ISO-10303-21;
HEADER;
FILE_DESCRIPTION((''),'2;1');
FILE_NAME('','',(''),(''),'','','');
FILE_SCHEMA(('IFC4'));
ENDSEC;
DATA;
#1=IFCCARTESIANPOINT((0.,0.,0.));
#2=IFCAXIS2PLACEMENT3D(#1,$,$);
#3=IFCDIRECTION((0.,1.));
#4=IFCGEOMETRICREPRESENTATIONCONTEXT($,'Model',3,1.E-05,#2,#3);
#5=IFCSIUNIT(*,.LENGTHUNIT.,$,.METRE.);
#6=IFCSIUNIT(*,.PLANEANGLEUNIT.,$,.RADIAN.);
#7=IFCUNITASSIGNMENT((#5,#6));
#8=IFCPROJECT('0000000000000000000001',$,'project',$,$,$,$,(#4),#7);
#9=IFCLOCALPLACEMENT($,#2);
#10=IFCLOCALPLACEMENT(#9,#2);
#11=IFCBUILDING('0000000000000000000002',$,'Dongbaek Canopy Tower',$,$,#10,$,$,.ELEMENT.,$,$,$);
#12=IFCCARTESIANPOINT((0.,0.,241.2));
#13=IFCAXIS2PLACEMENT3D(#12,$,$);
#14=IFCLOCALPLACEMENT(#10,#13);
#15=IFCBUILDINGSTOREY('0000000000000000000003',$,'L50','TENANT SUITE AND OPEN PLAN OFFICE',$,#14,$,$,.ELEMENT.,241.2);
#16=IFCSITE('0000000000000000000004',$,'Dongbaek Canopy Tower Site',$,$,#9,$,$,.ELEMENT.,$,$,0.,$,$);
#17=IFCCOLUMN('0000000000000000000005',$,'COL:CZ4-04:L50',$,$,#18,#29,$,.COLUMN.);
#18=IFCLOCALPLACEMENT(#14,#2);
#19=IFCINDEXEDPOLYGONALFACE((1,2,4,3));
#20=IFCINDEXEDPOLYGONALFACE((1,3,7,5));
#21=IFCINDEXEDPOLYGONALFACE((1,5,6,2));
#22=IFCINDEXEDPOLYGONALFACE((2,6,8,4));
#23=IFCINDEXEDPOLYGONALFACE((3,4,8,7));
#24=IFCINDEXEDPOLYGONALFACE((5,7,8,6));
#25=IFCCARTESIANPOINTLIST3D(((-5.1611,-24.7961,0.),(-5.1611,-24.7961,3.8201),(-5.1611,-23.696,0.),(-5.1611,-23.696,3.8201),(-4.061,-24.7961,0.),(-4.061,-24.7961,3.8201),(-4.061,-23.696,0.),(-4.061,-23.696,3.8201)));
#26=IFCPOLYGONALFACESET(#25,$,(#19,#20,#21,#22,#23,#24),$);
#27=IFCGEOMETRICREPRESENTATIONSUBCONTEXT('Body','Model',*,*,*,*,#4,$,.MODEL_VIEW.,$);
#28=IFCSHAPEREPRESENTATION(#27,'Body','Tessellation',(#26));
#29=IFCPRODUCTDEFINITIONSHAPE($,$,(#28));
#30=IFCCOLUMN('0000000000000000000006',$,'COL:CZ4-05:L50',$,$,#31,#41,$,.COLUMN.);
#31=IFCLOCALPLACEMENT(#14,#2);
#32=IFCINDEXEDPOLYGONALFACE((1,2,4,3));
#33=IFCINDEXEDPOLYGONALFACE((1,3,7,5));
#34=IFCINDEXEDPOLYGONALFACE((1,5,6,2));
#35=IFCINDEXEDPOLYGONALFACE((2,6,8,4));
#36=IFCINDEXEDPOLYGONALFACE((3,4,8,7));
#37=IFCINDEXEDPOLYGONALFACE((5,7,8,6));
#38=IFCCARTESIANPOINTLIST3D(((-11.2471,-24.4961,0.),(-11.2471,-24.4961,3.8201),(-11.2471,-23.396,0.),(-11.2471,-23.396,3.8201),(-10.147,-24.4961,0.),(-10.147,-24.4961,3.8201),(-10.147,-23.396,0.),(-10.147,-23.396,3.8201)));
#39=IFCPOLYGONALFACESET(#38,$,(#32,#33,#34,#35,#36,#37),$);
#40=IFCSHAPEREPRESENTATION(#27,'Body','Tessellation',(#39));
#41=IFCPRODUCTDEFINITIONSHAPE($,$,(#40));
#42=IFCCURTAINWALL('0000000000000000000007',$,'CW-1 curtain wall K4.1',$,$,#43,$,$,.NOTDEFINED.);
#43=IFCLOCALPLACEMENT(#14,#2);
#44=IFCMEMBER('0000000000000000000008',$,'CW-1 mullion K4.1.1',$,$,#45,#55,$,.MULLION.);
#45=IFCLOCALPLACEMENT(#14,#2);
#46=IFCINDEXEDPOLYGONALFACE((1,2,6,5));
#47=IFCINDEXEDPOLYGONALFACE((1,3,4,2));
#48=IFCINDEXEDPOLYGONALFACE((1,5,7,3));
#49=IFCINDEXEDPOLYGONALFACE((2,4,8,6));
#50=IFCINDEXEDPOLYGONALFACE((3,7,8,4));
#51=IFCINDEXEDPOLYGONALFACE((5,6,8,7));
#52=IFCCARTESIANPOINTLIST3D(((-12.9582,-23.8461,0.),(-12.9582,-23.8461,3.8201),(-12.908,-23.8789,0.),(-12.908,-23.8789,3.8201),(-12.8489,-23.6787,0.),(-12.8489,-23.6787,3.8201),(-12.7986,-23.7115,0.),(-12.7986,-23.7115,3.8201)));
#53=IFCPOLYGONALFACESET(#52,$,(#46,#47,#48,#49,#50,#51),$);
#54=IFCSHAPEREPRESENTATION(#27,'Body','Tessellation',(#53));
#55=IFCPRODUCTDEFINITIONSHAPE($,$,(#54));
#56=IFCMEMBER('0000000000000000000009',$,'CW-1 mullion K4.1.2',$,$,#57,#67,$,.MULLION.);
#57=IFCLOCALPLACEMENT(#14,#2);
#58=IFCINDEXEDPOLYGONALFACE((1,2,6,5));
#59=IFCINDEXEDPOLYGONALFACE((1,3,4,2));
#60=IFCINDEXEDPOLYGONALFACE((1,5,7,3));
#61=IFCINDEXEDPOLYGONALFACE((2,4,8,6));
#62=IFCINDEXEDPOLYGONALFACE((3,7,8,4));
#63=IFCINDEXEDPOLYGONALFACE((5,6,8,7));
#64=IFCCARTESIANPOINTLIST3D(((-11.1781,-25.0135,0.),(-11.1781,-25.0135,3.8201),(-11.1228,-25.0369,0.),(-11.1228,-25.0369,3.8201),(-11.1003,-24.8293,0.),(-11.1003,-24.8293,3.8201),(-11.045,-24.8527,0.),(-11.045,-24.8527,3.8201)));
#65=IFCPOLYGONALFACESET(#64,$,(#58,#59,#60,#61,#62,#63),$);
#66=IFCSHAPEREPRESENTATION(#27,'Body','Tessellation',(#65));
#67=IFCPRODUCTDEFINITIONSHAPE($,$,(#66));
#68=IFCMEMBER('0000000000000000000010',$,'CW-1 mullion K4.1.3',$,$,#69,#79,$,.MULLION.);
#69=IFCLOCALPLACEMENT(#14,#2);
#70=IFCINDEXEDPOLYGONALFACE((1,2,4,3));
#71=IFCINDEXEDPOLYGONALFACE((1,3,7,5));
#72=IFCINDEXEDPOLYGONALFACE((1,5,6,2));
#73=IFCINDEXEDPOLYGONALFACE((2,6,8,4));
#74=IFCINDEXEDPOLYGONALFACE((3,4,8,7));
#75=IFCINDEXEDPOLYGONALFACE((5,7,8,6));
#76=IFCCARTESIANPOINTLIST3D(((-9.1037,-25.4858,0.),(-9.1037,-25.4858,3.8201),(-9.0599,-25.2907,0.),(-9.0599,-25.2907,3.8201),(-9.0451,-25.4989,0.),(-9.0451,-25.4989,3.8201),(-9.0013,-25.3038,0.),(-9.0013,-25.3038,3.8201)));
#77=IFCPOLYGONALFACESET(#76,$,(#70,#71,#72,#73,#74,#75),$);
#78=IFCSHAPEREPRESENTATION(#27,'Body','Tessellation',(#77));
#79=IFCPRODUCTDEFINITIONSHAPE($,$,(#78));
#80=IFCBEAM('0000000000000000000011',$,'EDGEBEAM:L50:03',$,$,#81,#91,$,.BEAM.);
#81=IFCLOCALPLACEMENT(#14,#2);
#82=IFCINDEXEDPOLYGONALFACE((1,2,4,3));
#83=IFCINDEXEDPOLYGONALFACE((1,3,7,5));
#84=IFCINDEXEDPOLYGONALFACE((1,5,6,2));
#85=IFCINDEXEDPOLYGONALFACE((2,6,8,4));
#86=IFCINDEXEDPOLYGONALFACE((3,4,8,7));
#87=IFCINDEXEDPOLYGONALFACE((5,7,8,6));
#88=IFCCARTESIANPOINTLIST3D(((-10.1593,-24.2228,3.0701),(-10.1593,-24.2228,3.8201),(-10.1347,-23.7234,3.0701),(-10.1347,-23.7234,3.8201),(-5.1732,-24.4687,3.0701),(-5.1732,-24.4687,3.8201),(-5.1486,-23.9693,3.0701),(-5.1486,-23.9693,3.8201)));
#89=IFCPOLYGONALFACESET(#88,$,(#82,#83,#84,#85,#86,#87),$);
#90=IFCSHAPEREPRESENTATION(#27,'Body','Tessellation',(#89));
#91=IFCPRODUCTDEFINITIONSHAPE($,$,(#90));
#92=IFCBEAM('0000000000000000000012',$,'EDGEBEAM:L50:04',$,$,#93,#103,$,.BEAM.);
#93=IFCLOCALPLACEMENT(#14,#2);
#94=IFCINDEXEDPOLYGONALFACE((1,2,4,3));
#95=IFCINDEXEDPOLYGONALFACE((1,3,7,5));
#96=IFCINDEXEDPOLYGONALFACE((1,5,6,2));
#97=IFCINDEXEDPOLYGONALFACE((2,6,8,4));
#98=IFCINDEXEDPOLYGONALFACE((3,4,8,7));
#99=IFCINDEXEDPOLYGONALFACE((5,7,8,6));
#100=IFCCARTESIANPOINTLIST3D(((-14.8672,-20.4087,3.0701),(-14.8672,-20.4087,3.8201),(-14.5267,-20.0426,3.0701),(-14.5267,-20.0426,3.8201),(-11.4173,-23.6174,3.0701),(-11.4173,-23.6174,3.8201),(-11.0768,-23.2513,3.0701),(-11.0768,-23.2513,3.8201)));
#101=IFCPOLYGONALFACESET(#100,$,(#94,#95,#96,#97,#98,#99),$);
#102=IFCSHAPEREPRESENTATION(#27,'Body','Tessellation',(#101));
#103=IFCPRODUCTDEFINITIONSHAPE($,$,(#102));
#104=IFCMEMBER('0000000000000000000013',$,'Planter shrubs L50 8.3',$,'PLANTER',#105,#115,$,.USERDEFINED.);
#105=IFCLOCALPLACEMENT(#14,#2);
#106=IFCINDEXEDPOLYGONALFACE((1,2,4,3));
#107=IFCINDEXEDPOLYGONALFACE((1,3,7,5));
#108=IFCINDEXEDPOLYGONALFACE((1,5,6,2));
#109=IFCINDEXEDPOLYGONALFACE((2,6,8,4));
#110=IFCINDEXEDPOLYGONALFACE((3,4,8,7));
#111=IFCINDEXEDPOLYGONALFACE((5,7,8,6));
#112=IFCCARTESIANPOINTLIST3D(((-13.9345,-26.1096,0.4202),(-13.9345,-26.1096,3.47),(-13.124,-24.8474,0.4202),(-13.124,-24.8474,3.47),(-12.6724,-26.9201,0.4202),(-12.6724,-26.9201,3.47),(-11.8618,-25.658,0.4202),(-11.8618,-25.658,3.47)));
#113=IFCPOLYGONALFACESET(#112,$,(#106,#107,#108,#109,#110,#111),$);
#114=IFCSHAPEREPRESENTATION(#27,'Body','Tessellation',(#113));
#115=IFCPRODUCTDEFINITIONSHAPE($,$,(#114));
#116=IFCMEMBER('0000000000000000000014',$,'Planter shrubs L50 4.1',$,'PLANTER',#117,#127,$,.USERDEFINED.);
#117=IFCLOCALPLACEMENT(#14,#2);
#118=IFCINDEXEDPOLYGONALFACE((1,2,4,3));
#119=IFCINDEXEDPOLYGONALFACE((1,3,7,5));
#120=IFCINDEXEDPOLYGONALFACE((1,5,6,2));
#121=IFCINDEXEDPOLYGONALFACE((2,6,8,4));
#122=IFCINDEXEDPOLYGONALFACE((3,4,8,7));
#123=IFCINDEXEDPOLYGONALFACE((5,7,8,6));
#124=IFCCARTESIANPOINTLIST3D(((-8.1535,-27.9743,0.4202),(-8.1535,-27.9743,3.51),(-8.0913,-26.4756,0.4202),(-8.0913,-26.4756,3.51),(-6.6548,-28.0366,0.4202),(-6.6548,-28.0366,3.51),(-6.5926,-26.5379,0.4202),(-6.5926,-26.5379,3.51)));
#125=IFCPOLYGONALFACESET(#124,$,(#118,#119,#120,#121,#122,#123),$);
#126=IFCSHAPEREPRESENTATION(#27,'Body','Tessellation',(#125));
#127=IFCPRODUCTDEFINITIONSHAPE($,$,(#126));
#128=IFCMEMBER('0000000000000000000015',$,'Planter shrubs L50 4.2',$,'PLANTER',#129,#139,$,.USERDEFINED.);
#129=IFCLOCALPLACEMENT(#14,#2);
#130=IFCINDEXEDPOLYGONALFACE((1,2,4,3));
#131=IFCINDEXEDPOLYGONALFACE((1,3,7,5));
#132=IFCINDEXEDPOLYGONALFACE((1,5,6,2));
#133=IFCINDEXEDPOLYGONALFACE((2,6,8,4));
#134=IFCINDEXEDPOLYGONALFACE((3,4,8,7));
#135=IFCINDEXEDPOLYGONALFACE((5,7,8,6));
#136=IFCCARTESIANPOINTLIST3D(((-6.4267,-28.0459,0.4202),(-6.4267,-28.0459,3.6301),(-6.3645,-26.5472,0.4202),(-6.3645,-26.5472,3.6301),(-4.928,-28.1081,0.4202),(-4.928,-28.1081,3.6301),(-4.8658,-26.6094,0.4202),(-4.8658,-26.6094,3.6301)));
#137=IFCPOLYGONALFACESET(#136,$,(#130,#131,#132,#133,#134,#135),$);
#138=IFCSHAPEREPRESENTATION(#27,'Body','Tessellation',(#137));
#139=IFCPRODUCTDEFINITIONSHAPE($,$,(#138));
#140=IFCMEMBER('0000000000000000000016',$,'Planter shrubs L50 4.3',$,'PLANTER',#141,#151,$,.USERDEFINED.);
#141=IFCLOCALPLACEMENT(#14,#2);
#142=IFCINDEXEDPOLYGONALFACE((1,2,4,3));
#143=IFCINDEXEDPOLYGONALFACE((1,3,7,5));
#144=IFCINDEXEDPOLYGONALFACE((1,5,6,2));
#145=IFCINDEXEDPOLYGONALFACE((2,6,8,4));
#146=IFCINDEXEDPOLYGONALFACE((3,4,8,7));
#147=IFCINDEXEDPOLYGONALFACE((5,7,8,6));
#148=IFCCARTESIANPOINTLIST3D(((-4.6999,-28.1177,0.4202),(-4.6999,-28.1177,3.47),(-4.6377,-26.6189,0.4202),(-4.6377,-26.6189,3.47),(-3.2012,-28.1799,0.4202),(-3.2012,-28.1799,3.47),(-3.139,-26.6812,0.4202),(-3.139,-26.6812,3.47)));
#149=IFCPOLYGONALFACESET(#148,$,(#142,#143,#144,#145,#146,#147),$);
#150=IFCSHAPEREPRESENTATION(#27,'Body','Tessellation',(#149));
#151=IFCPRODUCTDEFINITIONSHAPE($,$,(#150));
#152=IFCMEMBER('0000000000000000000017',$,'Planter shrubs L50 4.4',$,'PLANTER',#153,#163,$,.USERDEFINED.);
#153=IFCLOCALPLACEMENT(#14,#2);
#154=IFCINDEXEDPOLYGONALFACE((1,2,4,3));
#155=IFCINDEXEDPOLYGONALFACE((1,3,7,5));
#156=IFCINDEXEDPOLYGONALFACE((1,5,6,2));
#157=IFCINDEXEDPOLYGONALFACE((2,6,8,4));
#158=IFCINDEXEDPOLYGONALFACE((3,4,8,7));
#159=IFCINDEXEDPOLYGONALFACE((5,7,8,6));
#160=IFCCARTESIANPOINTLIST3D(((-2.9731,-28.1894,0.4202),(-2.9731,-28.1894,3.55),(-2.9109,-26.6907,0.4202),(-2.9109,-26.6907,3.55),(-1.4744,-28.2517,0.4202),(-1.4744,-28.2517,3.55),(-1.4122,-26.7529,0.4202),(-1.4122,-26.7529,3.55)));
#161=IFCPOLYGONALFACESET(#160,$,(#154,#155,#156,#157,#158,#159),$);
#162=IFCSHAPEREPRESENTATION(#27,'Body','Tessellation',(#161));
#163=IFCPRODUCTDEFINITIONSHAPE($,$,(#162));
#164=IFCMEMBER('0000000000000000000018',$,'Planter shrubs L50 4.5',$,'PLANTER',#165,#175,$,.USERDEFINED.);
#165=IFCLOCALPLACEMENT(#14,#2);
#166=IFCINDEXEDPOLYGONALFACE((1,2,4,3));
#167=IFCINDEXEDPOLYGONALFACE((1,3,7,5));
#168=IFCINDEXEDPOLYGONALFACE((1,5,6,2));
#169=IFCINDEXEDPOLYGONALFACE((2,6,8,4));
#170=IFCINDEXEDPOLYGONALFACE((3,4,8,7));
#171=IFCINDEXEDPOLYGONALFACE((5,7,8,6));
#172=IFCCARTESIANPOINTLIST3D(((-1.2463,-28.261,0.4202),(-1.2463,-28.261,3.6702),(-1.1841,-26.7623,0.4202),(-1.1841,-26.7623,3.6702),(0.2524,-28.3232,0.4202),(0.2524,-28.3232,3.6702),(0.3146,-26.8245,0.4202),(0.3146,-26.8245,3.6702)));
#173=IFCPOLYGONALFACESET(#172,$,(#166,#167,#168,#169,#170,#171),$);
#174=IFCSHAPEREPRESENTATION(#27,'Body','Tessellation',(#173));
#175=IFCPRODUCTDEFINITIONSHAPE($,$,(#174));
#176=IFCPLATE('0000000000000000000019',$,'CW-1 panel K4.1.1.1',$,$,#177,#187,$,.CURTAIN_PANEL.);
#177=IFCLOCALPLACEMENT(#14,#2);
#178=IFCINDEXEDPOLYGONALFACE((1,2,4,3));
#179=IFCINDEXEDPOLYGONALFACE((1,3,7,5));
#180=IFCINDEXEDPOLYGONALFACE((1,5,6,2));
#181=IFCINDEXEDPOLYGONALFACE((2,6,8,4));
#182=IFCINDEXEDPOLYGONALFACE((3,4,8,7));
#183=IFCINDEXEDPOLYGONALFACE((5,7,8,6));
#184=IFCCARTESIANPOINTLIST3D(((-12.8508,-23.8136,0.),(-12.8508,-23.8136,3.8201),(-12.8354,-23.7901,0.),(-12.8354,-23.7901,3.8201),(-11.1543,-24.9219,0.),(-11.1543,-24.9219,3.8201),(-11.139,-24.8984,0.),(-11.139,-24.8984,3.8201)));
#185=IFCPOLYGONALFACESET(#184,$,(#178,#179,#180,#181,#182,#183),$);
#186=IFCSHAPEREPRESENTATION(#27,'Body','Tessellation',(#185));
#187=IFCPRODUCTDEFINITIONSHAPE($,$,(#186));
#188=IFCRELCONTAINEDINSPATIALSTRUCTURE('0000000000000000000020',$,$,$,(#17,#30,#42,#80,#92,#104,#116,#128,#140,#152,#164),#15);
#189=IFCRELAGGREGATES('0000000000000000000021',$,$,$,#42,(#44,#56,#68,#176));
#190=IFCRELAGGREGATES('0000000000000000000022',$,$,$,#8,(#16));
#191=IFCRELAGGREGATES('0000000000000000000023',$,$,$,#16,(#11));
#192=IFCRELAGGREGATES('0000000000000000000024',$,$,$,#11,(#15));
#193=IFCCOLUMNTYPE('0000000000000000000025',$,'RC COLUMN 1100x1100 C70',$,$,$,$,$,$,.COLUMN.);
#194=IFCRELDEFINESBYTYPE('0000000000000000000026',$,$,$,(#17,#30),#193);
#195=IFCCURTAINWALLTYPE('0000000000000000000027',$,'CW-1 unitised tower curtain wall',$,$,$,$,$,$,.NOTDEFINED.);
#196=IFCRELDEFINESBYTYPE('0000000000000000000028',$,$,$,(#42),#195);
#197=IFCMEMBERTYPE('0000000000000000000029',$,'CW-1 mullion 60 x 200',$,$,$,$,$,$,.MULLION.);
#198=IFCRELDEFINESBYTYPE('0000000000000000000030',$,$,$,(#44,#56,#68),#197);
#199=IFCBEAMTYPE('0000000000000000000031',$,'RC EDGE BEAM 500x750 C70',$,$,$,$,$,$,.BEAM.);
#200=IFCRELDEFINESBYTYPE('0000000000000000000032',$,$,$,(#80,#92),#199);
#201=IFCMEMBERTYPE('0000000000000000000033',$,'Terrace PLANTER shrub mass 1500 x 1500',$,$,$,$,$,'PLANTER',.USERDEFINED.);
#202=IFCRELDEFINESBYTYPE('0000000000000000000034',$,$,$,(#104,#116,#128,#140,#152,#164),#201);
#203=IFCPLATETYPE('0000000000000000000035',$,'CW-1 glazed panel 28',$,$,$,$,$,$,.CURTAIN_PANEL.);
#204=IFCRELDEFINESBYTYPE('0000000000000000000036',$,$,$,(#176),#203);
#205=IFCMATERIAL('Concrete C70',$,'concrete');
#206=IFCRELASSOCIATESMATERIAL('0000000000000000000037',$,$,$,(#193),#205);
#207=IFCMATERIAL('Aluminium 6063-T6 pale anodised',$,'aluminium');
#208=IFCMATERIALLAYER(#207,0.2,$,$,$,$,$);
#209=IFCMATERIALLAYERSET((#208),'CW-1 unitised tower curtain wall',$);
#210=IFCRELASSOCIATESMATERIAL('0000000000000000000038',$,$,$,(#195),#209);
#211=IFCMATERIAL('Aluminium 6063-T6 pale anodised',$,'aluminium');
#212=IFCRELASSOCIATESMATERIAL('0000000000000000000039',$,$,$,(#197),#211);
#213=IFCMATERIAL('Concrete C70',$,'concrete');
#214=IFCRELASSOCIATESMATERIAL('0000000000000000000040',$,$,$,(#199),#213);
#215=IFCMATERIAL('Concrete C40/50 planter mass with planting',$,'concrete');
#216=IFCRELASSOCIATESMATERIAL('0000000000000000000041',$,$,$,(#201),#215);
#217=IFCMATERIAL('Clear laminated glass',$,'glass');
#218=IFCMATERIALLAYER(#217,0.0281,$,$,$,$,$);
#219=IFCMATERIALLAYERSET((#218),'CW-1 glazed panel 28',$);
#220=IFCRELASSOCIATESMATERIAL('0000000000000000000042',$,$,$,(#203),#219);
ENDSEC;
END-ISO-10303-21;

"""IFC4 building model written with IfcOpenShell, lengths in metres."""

from ifc_helpers import new_model, si_unit, direction, frame, origin, origin_2d, place, context, subcontext, project, spatial, rectangle, extrude, material, layer, layer_set, material_profile, profile_set, type_object, element, aggregate, save


model = new_model("IFC4")

# Units and contexts
model_context = context("Model", 3, precision=1e-05, world=origin(), true_north=direction((0.0, 1.0)))
body_context = subcontext(model_context, "Body", "Model", "MODEL_VIEW")
ifc_project = project(units=[si_unit("LENGTHUNIT", "METRE"), si_unit("PLANEANGLEUNIT", "RADIAN")], contexts=[model_context])

# Site, building, storey
site_placement = place(None, origin())
site = spatial("IfcSite", under=ifc_project, at=site_placement, Name="Dongbaek Canopy Tower Site", CompositionType="ELEMENT", RefElevation=0.0)
building_placement = place(site_placement, origin())
building = spatial("IfcBuilding", under=site, at=building_placement, Name="Dongbaek Canopy Tower", CompositionType="ELEMENT")
storey_placement = place(building_placement, frame((0.0, 0.0, 241.2)))
storey = spatial("IfcBuildingStorey", under=building, at=storey_placement, Name="L50", Description="TENANT SUITE AND OPEN PLAN OFFICE", CompositionType="ELEMENT", Elevation=241.2)

# Columns
ifc_material_1 = material(Name="Concrete C70", Category="concrete")
ifc_material_profile_1 = material_profile(ifc_material_1, rectangle(XDim=1.1001, YDim=1.1001, at=origin_2d()), Name="RC COLUMN 1100x1100 C70")
ifc_profile_set_1 = profile_set([ifc_material_profile_1], Name="Concrete C70")
column_type = type_object("IfcColumnType", Name="RC COLUMN 1100x1100 C70", PredefinedType="COLUMN", material=ifc_profile_set_1)
for number, where, z_axis, x_axis, name in (
    (1, (-4.6111, -24.2461, 0.0), (0.0, 0.0, 1.0), (1.0, 0.0, 0.0), "COL:CZ4-04:L50"),
    (2, (-10.697, -23.946, 0.0), (0.0, 0.0, 1.0), (1.0, 0.0, 0.0), "COL:CZ4-05:L50"),
):
    element("IfcColumn", number, at=place(storey_placement, frame(where, z_axis=z_axis, x_axis=x_axis)), inside=storey, type_object=column_type, Name=name, PredefinedType="COLUMN", context=body_context, shape_type="SweptSolid", body=[
        extrude(rectangle(XDim=1.1001, YDim=1.1001, at=origin_2d()), origin(), (0.0, 0.0, 1.0), 3.8201),
    ])

# Curtain wall, members
ifc_material_2 = material(Name="Aluminium 6063-T6 pale anodised", Category="aluminium")
ifc_layer_1 = layer(ifc_material_2, 0.2)
ifc_layer_set_1 = layer_set([ifc_layer_1], Name="CW-1 unitised tower curtain wall")
curtain_wall_type = type_object("IfcCurtainWallType", Name="CW-1 unitised tower curtain wall", PredefinedType="NOTDEFINED", material=ifc_layer_set_1)
curtain_wall_placement = place(storey_placement, origin())
curtain_wall = element("IfcCurtainWall", 3, at=curtain_wall_placement, inside=storey, type_object=curtain_wall_type, Name="CW-1 curtain wall K4.1", PredefinedType="NOTDEFINED")
ifc_material_3 = material(Name="Aluminium 6063-T6 pale anodised", Category="aluminium")
ifc_material_profile_2 = material_profile(ifc_material_3, rectangle(XDim=0.2, YDim=0.0601, at=origin_2d()), Name="CW-1 mullion 60 x 200")
ifc_profile_set_2 = profile_set([ifc_material_profile_2], Name="Aluminium 6063-T6 pale anodised")
member_type_1 = type_object("IfcMemberType", Name="CW-1 mullion 60 x 200", PredefinedType="MULLION", material=ifc_profile_set_2)
member_1_placement = place(storey_placement, frame((-12.8784, -23.7788, 0.0), z_axis=(0.0, 0.0, 1.0), x_axis=(-0.546938, -0.837173, 0.0)))
member_1 = element("IfcMember", 4, at=member_1_placement, type_object=member_type_1, Name="CW-1 mullion K4.1.1", PredefinedType="MULLION", context=body_context, shape_type="SweptSolid", body=[
    extrude(rectangle(XDim=0.2, YDim=0.0601, at=origin_2d()), origin(), (0.0, 0.0, 1.0), 3.8201),
])
member_2_placement = place(storey_placement, frame((-11.1116, -24.9331, 0.0), z_axis=(0.0, 0.0, 1.0), x_axis=(-0.38908, -0.921204, 0.0)))
member_2 = element("IfcMember", 5, at=member_2_placement, type_object=member_type_1, Name="CW-1 mullion K4.1.2", PredefinedType="MULLION", context=body_context, shape_type="SweptSolid", body=[
    extrude(rectangle(XDim=0.2, YDim=0.0601, at=origin_2d()), origin(), (0.0, 0.0, 1.0), 3.8201),
])
member_3_placement = place(storey_placement, frame((-9.0525, -25.3948, 0.0), z_axis=(0.0, 0.0, 1.0), x_axis=(-0.218779, -0.975774, 0.0)))
member_3 = element("IfcMember", 6, at=member_3_placement, type_object=member_type_1, Name="CW-1 mullion K4.1.3", PredefinedType="MULLION", context=body_context, shape_type="SweptSolid", body=[
    extrude(rectangle(XDim=0.2, YDim=0.0601, at=origin_2d()), origin(), (0.0, 0.0, 1.0), 3.8201),
])

# Beams
ifc_material_4 = material(Name="Concrete C70", Category="concrete")
ifc_material_profile_3 = material_profile(ifc_material_4, rectangle(XDim=0.5, YDim=0.75, at=origin_2d()), Name="RC EDGE BEAM 500x750 C70")
ifc_profile_set_3 = profile_set([ifc_material_profile_3], Name="Concrete C70")
beam_type = type_object("IfcBeamType", Name="RC EDGE BEAM 500x750 C70", PredefinedType="BEAM", material=ifc_profile_set_3)
beam_1_placement = place(storey_placement, frame((-5.1609, -24.219, 3.4451), z_axis=(-0.998787, 0.049247, 0.0), x_axis=(-0.049247, -0.998787, 0.0)))
element("IfcBeam", 7, at=beam_1_placement, inside=storey, type_object=beam_type, Name="EDGEBEAM:L50:03", PredefinedType="BEAM", context=body_context, shape_type="SweptSolid", body=[
    extrude(rectangle(XDim=0.5, YDim=0.75, at=origin_2d()), origin(), (0.0, 0.0, 1.0), 4.9922),
])
beam_2_placement = place(storey_placement, frame((-11.2471, -23.4343, 3.4451), z_axis=(-0.732241, 0.681045, 0.0), x_axis=(-0.681045, -0.732241, 0.0)))
element("IfcBeam", 8, at=beam_2_placement, inside=storey, type_object=beam_type, Name="EDGEBEAM:L50:04", PredefinedType="BEAM", context=body_context, shape_type="SweptSolid", body=[
    extrude(rectangle(XDim=0.5, YDim=0.75, at=origin_2d()), origin(), (0.0, 0.0, 1.0), 4.7114),
])

# Members
ifc_material_5 = material(Name="Concrete C40/50 planter mass with planting", Category="concrete")
ifc_material_profile_4 = material_profile(ifc_material_5, rectangle(XDim=1.5, YDim=1.5, at=origin_2d()), Name="Terrace PLANTER shrub mass 1500 x 1500")
ifc_profile_set_4 = profile_set([ifc_material_profile_4], Name="Concrete C40/50 planter mass with planting")
member_type_2 = type_object("IfcMemberType", Name="Terrace PLANTER shrub mass 1500 x 1500", ElementType="PLANTER", PredefinedType="USERDEFINED", material=ifc_profile_set_4)
member_4_placement = place(storey_placement, frame((-12.8982, -25.8838, 0.4202), z_axis=(0.0, 0.0, 1.0), x_axis=(-0.540374, -0.841425, 0.0)))
element("IfcMember", 9, at=member_4_placement, inside=storey, type_object=member_type_2, Name="Planter shrubs L50 8.3", ObjectType="PLANTER", PredefinedType="USERDEFINED", context=body_context, shape_type="SweptSolid", body=[
    extrude(rectangle(XDim=1.5, YDim=1.5, at=origin_2d()), origin(), (0.0, 0.0, 1.0), 3.0498),
])
member_5_placement = place(storey_placement, frame((-7.373, -27.2561, 0.4202), z_axis=(0.0, 0.0, 1.0), x_axis=(-0.041481, -0.999139, 0.0)))
element("IfcMember", 10, at=member_5_placement, inside=storey, type_object=member_type_2, Name="Planter shrubs L50 4.1", ObjectType="PLANTER", PredefinedType="USERDEFINED", context=body_context, shape_type="SweptSolid", body=[
    extrude(rectangle(XDim=1.5, YDim=1.5, at=origin_2d()), origin(), (0.0, 0.0, 1.0), 3.0898),
])
member_6_placement = place(storey_placement, frame((-5.6462, -27.3276, 0.4202), z_axis=(0.0, 0.0, 1.0), x_axis=(-0.041481, -0.999139, 0.0)))
element("IfcMember", 11, at=member_6_placement, inside=storey, type_object=member_type_2, Name="Planter shrubs L50 4.2", ObjectType="PLANTER", PredefinedType="USERDEFINED", context=body_context, shape_type="SweptSolid", body=[
    extrude(rectangle(XDim=1.5, YDim=1.5, at=origin_2d()), origin(), (0.0, 0.0, 1.0), 3.21),
])
member_7_placement = place(storey_placement, frame((-3.9194, -27.3994, 0.4202), z_axis=(0.0, 0.0, 1.0), x_axis=(-0.041481, -0.999139, 0.0)))
element("IfcMember", 12, at=member_7_placement, inside=storey, type_object=member_type_2, Name="Planter shrubs L50 4.3", ObjectType="PLANTER", PredefinedType="USERDEFINED", context=body_context, shape_type="SweptSolid", body=[
    extrude(rectangle(XDim=1.5, YDim=1.5, at=origin_2d()), origin(), (0.0, 0.0, 1.0), 3.0498),
])
member_8_placement = place(storey_placement, frame((-2.1926, -27.4712, 0.4202), z_axis=(0.0, 0.0, 1.0), x_axis=(-0.041481, -0.999139, 0.0)))
element("IfcMember", 13, at=member_8_placement, inside=storey, type_object=member_type_2, Name="Planter shrubs L50 4.4", ObjectType="PLANTER", PredefinedType="USERDEFINED", context=body_context, shape_type="SweptSolid", body=[
    extrude(rectangle(XDim=1.5, YDim=1.5, at=origin_2d()), origin(), (0.0, 0.0, 1.0), 3.1299),
])
member_9_placement = place(storey_placement, frame((-0.4658, -27.5427, 0.4202), z_axis=(0.0, 0.0, 1.0), x_axis=(-0.041481, -0.999139, 0.0)))
element("IfcMember", 14, at=member_9_placement, inside=storey, type_object=member_type_2, Name="Planter shrubs L50 4.5", ObjectType="PLANTER", PredefinedType="USERDEFINED", context=body_context, shape_type="SweptSolid", body=[
    extrude(rectangle(XDim=1.5, YDim=1.5, at=origin_2d()), origin(), (0.0, 0.0, 1.0), 3.25),
])

# Plate
ifc_material_6 = material(Name="Clear laminated glass", Category="glass")
ifc_layer_2 = layer(ifc_material_6, 0.0281)
ifc_layer_set_2 = layer_set([ifc_layer_2], Name="CW-1 glazed panel 28")
plate_type = type_object("IfcPlateType", Name="CW-1 glazed panel 28", PredefinedType="CURTAIN_PANEL", material=ifc_layer_set_2)
plate_1_placement = place(storey_placement, frame((-11.9949, -24.356, 0.0), z_axis=(0.0, 0.0, 1.0), x_axis=(0.837173, -0.546938, 0.0)))
plate_1 = element("IfcPlate", 15, at=plate_1_placement, type_object=plate_type, Name="CW-1 panel K4.1.1.1", PredefinedType="CURTAIN_PANEL", context=body_context, shape_type="SweptSolid", body=[
    extrude(rectangle(XDim=2.0264, YDim=0.0281, at=origin_2d()), origin(), (0.0, 0.0, 1.0), 3.8201),
])
aggregate(curtain_wall, [member_1, member_2, member_3, plate_1])

save(model, "model.ifc")
